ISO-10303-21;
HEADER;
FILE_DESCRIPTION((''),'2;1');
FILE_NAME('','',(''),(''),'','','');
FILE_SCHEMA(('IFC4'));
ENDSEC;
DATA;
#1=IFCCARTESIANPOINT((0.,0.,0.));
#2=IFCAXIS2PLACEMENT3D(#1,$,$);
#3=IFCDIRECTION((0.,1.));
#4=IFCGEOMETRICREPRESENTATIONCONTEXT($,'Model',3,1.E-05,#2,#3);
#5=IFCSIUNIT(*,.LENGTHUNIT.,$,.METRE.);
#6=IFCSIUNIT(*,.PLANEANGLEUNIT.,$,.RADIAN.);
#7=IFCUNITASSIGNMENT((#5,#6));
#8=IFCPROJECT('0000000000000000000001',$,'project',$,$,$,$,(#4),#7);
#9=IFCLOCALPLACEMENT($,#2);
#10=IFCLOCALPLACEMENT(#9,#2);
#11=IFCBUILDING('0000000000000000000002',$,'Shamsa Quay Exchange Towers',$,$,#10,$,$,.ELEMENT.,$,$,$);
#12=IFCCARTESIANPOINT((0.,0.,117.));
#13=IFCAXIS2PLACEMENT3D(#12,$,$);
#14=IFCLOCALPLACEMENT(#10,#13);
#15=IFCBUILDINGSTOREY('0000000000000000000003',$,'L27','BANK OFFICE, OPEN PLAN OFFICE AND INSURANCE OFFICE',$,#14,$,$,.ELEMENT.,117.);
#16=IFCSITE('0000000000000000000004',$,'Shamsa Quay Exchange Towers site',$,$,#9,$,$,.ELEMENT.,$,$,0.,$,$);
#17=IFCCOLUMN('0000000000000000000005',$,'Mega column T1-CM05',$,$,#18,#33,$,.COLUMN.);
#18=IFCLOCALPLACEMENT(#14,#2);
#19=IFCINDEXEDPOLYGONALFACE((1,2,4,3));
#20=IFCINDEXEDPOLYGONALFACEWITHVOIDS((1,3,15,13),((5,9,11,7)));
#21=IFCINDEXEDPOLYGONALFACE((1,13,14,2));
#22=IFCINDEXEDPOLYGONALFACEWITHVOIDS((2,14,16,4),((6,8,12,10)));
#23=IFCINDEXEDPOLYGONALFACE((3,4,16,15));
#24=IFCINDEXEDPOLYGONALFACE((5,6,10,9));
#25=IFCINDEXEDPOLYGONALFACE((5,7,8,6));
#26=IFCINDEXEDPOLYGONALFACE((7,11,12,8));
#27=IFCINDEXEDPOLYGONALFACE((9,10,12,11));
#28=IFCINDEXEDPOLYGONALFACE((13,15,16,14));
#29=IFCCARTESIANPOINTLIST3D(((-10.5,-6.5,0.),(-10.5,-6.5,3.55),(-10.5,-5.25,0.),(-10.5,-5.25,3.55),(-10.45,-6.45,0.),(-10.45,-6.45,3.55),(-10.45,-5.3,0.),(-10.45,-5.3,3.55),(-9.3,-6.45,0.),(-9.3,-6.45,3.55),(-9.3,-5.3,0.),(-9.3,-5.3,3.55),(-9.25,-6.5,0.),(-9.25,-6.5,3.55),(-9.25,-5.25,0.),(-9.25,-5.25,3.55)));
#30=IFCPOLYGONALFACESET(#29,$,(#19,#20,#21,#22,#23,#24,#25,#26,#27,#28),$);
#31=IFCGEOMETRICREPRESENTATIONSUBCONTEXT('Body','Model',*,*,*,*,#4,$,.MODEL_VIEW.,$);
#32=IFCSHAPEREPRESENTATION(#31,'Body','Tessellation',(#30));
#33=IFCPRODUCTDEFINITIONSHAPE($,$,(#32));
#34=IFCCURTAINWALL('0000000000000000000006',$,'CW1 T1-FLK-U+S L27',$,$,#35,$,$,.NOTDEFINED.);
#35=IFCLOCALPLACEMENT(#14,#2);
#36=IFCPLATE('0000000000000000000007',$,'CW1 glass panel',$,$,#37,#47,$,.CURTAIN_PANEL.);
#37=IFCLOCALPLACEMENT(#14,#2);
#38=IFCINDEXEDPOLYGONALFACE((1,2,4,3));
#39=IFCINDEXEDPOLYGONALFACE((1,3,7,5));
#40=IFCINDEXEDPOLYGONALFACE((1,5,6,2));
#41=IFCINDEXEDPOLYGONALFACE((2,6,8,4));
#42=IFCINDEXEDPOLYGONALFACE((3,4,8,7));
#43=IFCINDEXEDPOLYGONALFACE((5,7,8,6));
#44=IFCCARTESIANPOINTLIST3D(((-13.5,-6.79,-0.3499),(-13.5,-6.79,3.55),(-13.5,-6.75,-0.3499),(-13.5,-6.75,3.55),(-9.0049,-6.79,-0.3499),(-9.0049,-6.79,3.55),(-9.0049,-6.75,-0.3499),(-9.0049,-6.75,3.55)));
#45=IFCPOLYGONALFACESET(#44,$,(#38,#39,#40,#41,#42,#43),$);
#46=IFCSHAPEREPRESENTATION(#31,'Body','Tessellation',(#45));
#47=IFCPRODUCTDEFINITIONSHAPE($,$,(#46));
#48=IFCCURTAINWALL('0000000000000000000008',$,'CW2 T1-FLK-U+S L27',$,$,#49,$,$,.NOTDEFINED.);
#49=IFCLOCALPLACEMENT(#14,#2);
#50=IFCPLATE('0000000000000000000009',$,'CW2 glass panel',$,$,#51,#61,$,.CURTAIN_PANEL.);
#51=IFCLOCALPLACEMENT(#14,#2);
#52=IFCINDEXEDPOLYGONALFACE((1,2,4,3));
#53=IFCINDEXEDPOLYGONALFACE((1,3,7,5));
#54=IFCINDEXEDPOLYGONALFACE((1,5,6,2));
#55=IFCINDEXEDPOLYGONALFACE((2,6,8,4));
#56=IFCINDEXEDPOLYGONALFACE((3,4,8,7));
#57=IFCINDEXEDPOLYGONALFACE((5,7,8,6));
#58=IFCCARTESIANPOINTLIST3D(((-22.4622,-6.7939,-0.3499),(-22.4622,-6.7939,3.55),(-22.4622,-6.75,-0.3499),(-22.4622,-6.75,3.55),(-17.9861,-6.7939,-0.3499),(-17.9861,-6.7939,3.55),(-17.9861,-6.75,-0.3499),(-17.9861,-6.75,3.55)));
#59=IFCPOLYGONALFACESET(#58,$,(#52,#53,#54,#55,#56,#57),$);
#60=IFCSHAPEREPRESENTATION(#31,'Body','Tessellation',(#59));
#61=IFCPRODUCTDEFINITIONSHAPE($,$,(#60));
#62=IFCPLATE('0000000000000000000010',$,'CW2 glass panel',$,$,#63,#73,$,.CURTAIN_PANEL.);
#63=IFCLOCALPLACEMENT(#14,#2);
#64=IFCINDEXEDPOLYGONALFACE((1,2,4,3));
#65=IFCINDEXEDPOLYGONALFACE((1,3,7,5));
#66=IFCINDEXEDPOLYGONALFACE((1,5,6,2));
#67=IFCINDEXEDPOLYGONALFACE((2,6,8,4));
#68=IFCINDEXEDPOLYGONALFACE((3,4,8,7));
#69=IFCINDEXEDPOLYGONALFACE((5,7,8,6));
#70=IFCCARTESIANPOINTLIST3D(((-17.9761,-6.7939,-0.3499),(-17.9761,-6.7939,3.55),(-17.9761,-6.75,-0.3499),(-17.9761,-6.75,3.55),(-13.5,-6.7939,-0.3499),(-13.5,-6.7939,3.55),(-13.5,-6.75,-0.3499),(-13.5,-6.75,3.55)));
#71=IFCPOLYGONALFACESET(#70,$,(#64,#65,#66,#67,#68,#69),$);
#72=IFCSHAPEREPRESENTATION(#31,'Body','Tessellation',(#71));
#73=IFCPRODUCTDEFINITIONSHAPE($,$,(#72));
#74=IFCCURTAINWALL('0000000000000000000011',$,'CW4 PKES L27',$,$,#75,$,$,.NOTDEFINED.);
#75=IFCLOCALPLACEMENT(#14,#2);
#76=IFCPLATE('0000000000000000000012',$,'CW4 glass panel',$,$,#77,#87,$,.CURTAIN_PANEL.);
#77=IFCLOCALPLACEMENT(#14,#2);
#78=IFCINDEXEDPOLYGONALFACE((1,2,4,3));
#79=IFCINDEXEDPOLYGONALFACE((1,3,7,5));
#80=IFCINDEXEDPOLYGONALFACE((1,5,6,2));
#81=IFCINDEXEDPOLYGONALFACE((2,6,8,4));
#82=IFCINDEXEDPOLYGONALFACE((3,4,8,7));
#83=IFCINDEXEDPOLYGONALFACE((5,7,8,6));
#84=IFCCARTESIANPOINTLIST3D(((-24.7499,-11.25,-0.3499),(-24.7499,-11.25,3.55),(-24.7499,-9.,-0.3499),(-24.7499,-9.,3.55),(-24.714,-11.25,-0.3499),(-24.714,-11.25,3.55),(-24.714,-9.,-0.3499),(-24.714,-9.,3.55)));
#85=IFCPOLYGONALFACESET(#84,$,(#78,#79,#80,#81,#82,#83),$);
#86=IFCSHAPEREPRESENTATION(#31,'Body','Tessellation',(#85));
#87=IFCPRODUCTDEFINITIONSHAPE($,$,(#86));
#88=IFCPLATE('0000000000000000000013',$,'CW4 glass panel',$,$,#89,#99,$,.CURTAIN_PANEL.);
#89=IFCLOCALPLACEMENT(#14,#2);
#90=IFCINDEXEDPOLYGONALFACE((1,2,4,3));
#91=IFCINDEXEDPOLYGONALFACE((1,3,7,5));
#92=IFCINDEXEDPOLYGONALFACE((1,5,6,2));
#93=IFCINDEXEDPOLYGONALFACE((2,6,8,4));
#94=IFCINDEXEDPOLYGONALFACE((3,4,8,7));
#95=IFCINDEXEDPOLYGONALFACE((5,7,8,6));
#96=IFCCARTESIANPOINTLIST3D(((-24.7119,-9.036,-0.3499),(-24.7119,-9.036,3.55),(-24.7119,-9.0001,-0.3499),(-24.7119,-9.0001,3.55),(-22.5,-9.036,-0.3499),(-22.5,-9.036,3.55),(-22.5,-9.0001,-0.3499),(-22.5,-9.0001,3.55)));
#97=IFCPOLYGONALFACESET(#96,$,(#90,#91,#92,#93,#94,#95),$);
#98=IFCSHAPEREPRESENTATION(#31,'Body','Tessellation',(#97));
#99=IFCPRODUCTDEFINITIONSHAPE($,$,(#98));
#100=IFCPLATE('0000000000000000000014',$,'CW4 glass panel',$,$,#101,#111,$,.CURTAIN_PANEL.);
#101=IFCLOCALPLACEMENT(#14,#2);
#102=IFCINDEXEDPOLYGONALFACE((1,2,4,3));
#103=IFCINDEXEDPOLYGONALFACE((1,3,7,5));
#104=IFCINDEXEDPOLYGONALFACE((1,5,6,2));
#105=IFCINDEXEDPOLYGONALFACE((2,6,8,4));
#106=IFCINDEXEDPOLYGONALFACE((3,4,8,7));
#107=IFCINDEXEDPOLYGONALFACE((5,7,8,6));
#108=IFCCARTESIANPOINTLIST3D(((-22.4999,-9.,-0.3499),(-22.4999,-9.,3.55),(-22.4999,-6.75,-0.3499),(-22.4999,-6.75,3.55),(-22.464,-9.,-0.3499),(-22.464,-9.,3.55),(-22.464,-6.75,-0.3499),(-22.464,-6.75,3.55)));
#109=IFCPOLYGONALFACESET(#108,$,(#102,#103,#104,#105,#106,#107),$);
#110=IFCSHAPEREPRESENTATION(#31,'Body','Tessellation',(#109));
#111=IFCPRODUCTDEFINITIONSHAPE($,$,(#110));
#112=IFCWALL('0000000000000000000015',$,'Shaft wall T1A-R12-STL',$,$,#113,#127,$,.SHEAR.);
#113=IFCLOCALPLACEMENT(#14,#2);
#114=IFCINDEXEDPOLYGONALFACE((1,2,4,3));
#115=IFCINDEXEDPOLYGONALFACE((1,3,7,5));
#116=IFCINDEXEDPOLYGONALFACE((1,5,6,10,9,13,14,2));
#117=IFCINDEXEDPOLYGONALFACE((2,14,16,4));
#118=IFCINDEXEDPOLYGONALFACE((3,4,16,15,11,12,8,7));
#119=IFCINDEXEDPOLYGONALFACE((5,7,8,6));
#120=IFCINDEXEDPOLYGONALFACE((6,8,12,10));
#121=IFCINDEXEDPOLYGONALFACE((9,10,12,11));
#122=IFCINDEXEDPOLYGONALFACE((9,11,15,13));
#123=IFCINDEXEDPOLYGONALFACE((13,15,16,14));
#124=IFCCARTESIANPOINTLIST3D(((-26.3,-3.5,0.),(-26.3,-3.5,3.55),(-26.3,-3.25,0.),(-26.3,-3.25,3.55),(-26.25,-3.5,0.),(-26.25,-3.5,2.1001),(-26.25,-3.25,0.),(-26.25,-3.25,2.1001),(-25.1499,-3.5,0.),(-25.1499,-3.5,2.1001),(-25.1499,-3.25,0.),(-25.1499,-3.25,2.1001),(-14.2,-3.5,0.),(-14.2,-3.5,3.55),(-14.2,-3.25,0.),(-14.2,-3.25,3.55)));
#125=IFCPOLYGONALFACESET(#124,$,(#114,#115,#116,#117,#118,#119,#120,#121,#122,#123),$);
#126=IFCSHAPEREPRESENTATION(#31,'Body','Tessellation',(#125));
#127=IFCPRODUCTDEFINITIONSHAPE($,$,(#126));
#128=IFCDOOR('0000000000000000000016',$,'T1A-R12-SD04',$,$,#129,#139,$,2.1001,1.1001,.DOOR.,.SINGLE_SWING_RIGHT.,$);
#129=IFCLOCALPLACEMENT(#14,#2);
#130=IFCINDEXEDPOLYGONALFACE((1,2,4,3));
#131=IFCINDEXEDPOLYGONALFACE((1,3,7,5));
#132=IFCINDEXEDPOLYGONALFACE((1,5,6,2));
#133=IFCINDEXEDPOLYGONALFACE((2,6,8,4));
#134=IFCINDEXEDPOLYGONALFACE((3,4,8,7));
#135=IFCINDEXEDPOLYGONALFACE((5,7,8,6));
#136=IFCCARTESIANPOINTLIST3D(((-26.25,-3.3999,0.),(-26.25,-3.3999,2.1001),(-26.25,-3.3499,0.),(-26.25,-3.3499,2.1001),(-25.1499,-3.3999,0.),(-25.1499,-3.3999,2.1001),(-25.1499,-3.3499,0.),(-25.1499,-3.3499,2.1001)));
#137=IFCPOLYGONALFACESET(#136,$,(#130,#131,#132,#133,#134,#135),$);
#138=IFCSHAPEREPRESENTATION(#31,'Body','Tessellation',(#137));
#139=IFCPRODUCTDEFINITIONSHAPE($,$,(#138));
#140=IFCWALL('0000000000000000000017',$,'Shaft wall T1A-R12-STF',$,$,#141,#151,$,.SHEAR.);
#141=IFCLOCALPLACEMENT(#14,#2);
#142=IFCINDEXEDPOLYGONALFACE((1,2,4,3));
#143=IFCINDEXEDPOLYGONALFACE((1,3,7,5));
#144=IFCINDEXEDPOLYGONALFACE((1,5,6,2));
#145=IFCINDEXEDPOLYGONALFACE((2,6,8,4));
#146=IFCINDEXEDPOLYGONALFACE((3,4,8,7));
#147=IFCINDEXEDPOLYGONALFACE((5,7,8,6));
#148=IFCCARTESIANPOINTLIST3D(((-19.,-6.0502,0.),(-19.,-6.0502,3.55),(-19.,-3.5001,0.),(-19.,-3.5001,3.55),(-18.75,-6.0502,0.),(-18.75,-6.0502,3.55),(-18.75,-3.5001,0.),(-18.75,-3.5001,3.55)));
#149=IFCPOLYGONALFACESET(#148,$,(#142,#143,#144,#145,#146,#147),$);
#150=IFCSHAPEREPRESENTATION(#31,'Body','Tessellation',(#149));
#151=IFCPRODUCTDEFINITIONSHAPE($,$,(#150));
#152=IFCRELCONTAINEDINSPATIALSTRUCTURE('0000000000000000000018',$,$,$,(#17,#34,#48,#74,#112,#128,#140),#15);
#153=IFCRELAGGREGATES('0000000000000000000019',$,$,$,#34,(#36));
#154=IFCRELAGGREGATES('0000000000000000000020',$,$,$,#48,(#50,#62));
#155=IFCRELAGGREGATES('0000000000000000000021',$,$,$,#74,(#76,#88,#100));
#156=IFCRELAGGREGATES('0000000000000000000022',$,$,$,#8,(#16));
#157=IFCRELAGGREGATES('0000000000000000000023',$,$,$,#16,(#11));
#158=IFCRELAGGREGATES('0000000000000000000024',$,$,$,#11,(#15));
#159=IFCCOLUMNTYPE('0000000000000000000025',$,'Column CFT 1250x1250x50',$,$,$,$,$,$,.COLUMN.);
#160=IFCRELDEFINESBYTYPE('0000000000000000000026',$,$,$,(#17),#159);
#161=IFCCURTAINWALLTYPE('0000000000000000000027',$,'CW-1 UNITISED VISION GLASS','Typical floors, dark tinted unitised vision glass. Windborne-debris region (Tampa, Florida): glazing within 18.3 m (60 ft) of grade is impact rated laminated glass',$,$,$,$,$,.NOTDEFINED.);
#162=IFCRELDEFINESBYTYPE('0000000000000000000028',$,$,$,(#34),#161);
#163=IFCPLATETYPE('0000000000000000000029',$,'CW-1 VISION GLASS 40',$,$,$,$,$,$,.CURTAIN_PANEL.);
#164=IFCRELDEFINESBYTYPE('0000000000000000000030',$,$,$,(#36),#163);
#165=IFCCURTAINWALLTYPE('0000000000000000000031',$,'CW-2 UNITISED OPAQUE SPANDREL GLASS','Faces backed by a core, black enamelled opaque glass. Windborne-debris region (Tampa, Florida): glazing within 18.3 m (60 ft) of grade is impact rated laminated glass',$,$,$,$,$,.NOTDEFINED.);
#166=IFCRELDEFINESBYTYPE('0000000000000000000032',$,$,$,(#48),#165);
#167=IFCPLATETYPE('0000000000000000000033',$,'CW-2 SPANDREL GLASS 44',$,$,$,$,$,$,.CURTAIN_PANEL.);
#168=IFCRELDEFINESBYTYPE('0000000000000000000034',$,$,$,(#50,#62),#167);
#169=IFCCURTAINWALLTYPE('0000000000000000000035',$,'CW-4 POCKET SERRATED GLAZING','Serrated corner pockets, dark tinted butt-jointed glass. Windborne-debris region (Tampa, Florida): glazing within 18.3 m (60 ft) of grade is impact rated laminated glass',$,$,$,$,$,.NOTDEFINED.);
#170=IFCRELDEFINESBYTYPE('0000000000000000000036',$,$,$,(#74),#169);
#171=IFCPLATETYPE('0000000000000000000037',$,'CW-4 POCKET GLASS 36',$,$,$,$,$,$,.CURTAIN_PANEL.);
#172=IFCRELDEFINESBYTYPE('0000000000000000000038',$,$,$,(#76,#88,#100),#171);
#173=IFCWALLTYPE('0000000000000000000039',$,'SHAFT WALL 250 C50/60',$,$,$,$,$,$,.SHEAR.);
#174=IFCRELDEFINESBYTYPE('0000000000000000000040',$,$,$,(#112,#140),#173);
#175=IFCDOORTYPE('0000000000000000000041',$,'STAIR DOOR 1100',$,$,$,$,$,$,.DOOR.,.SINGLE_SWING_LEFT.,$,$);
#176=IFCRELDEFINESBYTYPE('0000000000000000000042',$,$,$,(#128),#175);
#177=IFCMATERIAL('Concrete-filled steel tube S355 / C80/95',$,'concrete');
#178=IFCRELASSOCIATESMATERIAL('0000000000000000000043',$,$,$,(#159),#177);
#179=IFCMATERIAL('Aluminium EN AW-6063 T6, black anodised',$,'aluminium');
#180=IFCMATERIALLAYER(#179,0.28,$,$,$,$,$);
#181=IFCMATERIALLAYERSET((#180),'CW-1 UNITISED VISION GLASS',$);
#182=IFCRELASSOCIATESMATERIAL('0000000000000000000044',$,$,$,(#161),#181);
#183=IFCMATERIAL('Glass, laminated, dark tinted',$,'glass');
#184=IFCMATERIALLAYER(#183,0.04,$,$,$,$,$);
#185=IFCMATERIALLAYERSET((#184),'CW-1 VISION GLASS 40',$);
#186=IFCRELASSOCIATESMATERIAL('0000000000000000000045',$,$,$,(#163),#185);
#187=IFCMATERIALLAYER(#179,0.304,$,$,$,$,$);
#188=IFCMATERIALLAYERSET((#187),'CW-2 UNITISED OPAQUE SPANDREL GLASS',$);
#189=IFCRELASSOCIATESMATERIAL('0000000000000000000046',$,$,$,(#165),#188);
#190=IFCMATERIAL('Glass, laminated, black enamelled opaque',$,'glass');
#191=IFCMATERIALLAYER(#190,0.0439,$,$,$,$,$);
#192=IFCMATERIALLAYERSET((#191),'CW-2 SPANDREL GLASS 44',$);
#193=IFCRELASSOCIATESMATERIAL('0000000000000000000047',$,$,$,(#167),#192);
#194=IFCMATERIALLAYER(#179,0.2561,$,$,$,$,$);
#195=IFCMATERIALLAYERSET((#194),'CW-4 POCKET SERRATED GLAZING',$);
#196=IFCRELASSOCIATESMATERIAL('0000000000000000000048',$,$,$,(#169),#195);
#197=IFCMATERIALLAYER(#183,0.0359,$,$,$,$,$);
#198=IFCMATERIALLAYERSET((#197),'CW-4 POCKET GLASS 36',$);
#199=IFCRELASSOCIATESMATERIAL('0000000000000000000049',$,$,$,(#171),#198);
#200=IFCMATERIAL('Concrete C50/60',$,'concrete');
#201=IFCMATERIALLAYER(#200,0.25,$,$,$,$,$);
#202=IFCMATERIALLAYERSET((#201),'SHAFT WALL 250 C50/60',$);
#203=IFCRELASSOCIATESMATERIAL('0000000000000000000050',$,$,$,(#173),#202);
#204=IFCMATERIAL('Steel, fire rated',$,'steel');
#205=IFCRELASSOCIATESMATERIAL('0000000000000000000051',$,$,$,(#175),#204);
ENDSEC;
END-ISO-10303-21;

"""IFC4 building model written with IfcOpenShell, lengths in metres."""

from ifc_helpers import new_model, si_unit, direction, frame, frame_2d, origin, origin_2d, place, context, subcontext, project, spatial, rectangle, hollow_rectangle, extrude, material, layer, layer_set, material_profile, profile_set, type_object, element, fill, aggregate, save


model = new_model("IFC4")

# Units and contexts
model_context = context("Model", 3, precision=1e-05, world=origin(), true_north=direction((0.0, 1.0)))
body_context = subcontext(model_context, "Body", "Model", "MODEL_VIEW")
ifc_project = project(units=[si_unit("LENGTHUNIT", "METRE"), si_unit("PLANEANGLEUNIT", "RADIAN")], contexts=[model_context])

# Site, building, storey
site_placement = place(None, origin())
site = spatial("IfcSite", under=ifc_project, at=site_placement, Name="Shamsa Quay Exchange Towers site", CompositionType="ELEMENT", RefElevation=0.0)
building_placement = place(site_placement, origin())
building = spatial("IfcBuilding", under=site, at=building_placement, Name="Shamsa Quay Exchange Towers", CompositionType="ELEMENT")
storey_placement = place(building_placement, frame((0.0, 0.0, 117.0)))
storey = spatial("IfcBuildingStorey", under=building, at=storey_placement, Name="L27", Description="BANK OFFICE, OPEN PLAN OFFICE AND INSURANCE OFFICE", CompositionType="ELEMENT", Elevation=117.0)

# Column
ifc_material_1 = material(Name="Concrete-filled steel tube S355 / C80/95", Category="concrete")
ifc_material_profile_1 = material_profile(ifc_material_1, hollow_rectangle(XDim=1.25, YDim=1.25, WallThickness=0.05, at=origin_2d()), Name="CFT 1250x1250x50")
ifc_profile_set_1 = profile_set([ifc_material_profile_1], Name="Concrete-filled steel tube S355 / C80/95")
column_type = type_object("IfcColumnType", Name="Column CFT 1250x1250x50", PredefinedType="COLUMN", material=ifc_profile_set_1)
column_placement = place(storey_placement, frame((-9.875, -5.875, 0.0)))
element("IfcColumn", 1, at=column_placement, inside=storey, type_object=column_type, Name="Mega column T1-CM05", PredefinedType="COLUMN", context=body_context, shape_type="SweptSolid", body=[
    extrude(hollow_rectangle(XDim=1.25, YDim=1.25, WallThickness=0.05, at=origin_2d()), origin(), (0.0, 0.0, 1.0), 3.55),
])

# Curtain wall, plate
ifc_material_2 = material(Name="Aluminium EN AW-6063 T6, black anodised", Category="aluminium")
ifc_layer_1 = layer(ifc_material_2, 0.28)
ifc_layer_set_1 = layer_set([ifc_layer_1], Name="CW-1 UNITISED VISION GLASS")
curtain_wall_type_1 = type_object("IfcCurtainWallType", Name="CW-1 UNITISED VISION GLASS", Description="Typical floors, dark tinted unitised vision glass. Windborne-debris region (Tampa, Florida): glazing within 18.3 m (60 ft) of grade is impact rated laminated glass", PredefinedType="NOTDEFINED", material=ifc_layer_set_1)
curtain_wall_1_placement = place(storey_placement, origin())
curtain_wall_1 = element("IfcCurtainWall", 2, at=curtain_wall_1_placement, inside=storey, type_object=curtain_wall_type_1, Name="CW1 T1-FLK-U+S L27", PredefinedType="NOTDEFINED")
ifc_material_3 = material(Name="Glass, laminated, dark tinted", Category="glass")
ifc_layer_2 = layer(ifc_material_3, 0.04)
ifc_layer_set_2 = layer_set([ifc_layer_2], Name="CW-1 VISION GLASS 40")
plate_type_1 = type_object("IfcPlateType", Name="CW-1 VISION GLASS 40", PredefinedType="CURTAIN_PANEL", material=ifc_layer_set_2)
plate_1_placement = place(storey_placement, frame((-11.2524, -6.77, -0.3499)))
plate_1 = element("IfcPlate", 3, at=plate_1_placement, type_object=plate_type_1, Name="CW1 glass panel", PredefinedType="CURTAIN_PANEL", context=body_context, shape_type="SweptSolid", body=[
    extrude(rectangle(XDim=4.4951, YDim=0.04, at=origin_2d()), origin(), (0.0, 0.0, 1.0), 3.8999),
])
aggregate(curtain_wall_1, [plate_1])

# Curtain walls, plates
ifc_layer_3 = layer(ifc_material_2, 0.304)
ifc_layer_set_3 = layer_set([ifc_layer_3], Name="CW-2 UNITISED OPAQUE SPANDREL GLASS")
curtain_wall_type_2 = type_object("IfcCurtainWallType", Name="CW-2 UNITISED OPAQUE SPANDREL GLASS", Description="Faces backed by a core, black enamelled opaque glass. Windborne-debris region (Tampa, Florida): glazing within 18.3 m (60 ft) of grade is impact rated laminated glass", PredefinedType="NOTDEFINED", material=ifc_layer_set_3)
curtain_wall_2_placement = place(storey_placement, origin())
curtain_wall_2 = element("IfcCurtainWall", 4, at=curtain_wall_2_placement, inside=storey, type_object=curtain_wall_type_2, Name="CW2 T1-FLK-U+S L27", PredefinedType="NOTDEFINED")
ifc_material_4 = material(Name="Glass, laminated, black enamelled opaque", Category="glass")
ifc_layer_4 = layer(ifc_material_4, 0.0439)
ifc_layer_set_4 = layer_set([ifc_layer_4], Name="CW-2 SPANDREL GLASS 44")
plate_type_2 = type_object("IfcPlateType", Name="CW-2 SPANDREL GLASS 44", PredefinedType="CURTAIN_PANEL", material=ifc_layer_set_4)
plate_2_placement = place(storey_placement, frame((-20.2241, -6.772, -0.3499)))
plate_2 = element("IfcPlate", 5, at=plate_2_placement, type_object=plate_type_2, Name="CW2 glass panel", PredefinedType="CURTAIN_PANEL", context=body_context, shape_type="SweptSolid", body=[
    extrude(rectangle(XDim=4.4761, YDim=0.0439, at=origin_2d()), origin(), (0.0, 0.0, 1.0), 3.8999),
])
plate_3_placement = place(storey_placement, frame((-15.738, -6.772, -0.3499)))
plate_3 = element("IfcPlate", 6, at=plate_3_placement, type_object=plate_type_2, Name="CW2 glass panel", PredefinedType="CURTAIN_PANEL", context=body_context, shape_type="SweptSolid", body=[
    extrude(rectangle(XDim=4.4761, YDim=0.0439, at=origin_2d()), origin(), (0.0, 0.0, 1.0), 3.8999),
])
aggregate(curtain_wall_2, [plate_2, plate_3])
ifc_layer_5 = layer(ifc_material_2, 0.2561)
ifc_layer_set_5 = layer_set([ifc_layer_5], Name="CW-4 POCKET SERRATED GLAZING")
curtain_wall_type_3 = type_object("IfcCurtainWallType", Name="CW-4 POCKET SERRATED GLAZING", Description="Serrated corner pockets, dark tinted butt-jointed glass. Windborne-debris region (Tampa, Florida): glazing within 18.3 m (60 ft) of grade is impact rated laminated glass", PredefinedType="NOTDEFINED", material=ifc_layer_set_5)
curtain_wall_3_placement = place(storey_placement, origin())
curtain_wall_3 = element("IfcCurtainWall", 7, at=curtain_wall_3_placement, inside=storey, type_object=curtain_wall_type_3, Name="CW4 PKES L27", PredefinedType="NOTDEFINED")
ifc_layer_6 = layer(ifc_material_3, 0.0359)
ifc_layer_set_6 = layer_set([ifc_layer_6], Name="CW-4 POCKET GLASS 36")
plate_type_3 = type_object("IfcPlateType", Name="CW-4 POCKET GLASS 36", PredefinedType="CURTAIN_PANEL", material=ifc_layer_set_6)
plate_4_placement = place(storey_placement, frame((-24.7319, -10.125, -0.3499), z_axis=(0.0, 0.0, 1.0), x_axis=(0.0, 1.0, 0.0)))
plate_4 = element("IfcPlate", 8, at=plate_4_placement, type_object=plate_type_3, Name="CW4 glass panel", PredefinedType="CURTAIN_PANEL", context=body_context, shape_type="SweptSolid", body=[
    extrude(rectangle(XDim=2.25, YDim=0.0359, at=origin_2d()), origin(), (0.0, 0.0, 1.0), 3.8999),
])
plate_5_placement = place(storey_placement, frame((-23.606, -9.0181, -0.3499)))
plate_5 = element("IfcPlate", 9, at=plate_5_placement, type_object=plate_type_3, Name="CW4 glass panel", PredefinedType="CURTAIN_PANEL", context=body_context, shape_type="SweptSolid", body=[
    extrude(rectangle(XDim=2.2119, YDim=0.0359, at=origin_2d()), origin(), (0.0, 0.0, 1.0), 3.8999),
])
plate_6_placement = place(storey_placement, frame((-22.4819, -7.875, -0.3499), z_axis=(0.0, 0.0, 1.0), x_axis=(0.0, 1.0, 0.0)))
plate_6 = element("IfcPlate", 10, at=plate_6_placement, type_object=plate_type_3, Name="CW4 glass panel", PredefinedType="CURTAIN_PANEL", context=body_context, shape_type="SweptSolid", body=[
    extrude(rectangle(XDim=2.25, YDim=0.0359, at=origin_2d()), origin(), (0.0, 0.0, 1.0), 3.8999),
])
aggregate(curtain_wall_3, [plate_4, plate_5, plate_6])

# Wall, opening, door
ifc_material_5 = material(Name="Concrete C50/60", Category="concrete")
ifc_layer_7 = layer(ifc_material_5, 0.25)
ifc_layer_set_7 = layer_set([ifc_layer_7], Name="SHAFT WALL 250 C50/60")
wall_type = type_object("IfcWallType", Name="SHAFT WALL 250 C50/60", PredefinedType="SHEAR", material=ifc_layer_set_7)
wall_1_placement = place(storey_placement, frame((-14.2, -3.375, 0.0), z_axis=(0.0, 0.0, 1.0), x_axis=(-1.0, 0.0, 0.0)))
wall_1 = element("IfcWall", 11, at=wall_1_placement, inside=storey, type_object=wall_type, Name="Shaft wall T1A-R12-STL", PredefinedType="SHEAR", context=body_context, shape_type="SweptSolid", body=[
    extrude(rectangle(XDim=12.1001, YDim=0.25, at=frame_2d((6.05, 0.0))), origin(), (0.0, 0.0, 1.0), 3.55),
])
opening_1_placement = place(wall_1_placement, frame((10.95, 0.0, 0.0)))
opening_1 = element("IfcOpeningElement", 12, at=opening_1_placement, cuts=wall_1, PredefinedType="OPENING", context=body_context, shape_type="SweptSolid", body=[
    extrude(rectangle(XDim=1.1001, YDim=2.1001, at=frame_2d((0.55, 1.05))), frame((0.0, 0.135, 0.0), z_axis=(0.0, -1.0, 0.0), x_axis=(1.0, 0.0, 0.0)), (0.0, 0.0, 1.0), 0.27),
])
ifc_material_6 = material(Name="Steel, fire rated", Category="steel")
door_type_1 = type_object("IfcDoorType", Name="STAIR DOOR 1100", OperationType="SINGLE_SWING_LEFT", PredefinedType="DOOR", material=ifc_material_6)
door_1_placement = place(opening_1_placement, origin())
door_1 = element("IfcDoor", 13, at=door_1_placement, inside=storey, type_object=door_type_1, Name="T1A-R12-SD04", OperationType="SINGLE_SWING_RIGHT", OverallHeight=2.1001, OverallWidth=1.1001, PredefinedType="DOOR", context=body_context, shape_type="SweptSolid", body=[
    extrude(rectangle(XDim=1.1001, YDim=2.1001, at=frame_2d((0.55, 1.05))), frame((0.0, 0.0249, 0.0), z_axis=(0.0, -1.0, 0.0), x_axis=(1.0, 0.0, 0.0)), (0.0, 0.0, 1.0), 0.05),
])
fill(opening_1, door_1)

# Wall
wall_2_placement = place(storey_placement, frame((-18.875, -6.05, 0.0), z_axis=(0.0, 0.0, 1.0), x_axis=(0.0, 1.0, 0.0)))
element("IfcWall", 14, at=wall_2_placement, inside=storey, type_object=wall_type, Name="Shaft wall T1A-R12-STF", PredefinedType="SHEAR", context=body_context, shape_type="SweptSolid", body=[
    extrude(rectangle(XDim=2.55, YDim=0.25, at=frame_2d((1.2749, 0.0))), origin(), (0.0, 0.0, 1.0), 3.55),
])

save(model, "model.ifc")
